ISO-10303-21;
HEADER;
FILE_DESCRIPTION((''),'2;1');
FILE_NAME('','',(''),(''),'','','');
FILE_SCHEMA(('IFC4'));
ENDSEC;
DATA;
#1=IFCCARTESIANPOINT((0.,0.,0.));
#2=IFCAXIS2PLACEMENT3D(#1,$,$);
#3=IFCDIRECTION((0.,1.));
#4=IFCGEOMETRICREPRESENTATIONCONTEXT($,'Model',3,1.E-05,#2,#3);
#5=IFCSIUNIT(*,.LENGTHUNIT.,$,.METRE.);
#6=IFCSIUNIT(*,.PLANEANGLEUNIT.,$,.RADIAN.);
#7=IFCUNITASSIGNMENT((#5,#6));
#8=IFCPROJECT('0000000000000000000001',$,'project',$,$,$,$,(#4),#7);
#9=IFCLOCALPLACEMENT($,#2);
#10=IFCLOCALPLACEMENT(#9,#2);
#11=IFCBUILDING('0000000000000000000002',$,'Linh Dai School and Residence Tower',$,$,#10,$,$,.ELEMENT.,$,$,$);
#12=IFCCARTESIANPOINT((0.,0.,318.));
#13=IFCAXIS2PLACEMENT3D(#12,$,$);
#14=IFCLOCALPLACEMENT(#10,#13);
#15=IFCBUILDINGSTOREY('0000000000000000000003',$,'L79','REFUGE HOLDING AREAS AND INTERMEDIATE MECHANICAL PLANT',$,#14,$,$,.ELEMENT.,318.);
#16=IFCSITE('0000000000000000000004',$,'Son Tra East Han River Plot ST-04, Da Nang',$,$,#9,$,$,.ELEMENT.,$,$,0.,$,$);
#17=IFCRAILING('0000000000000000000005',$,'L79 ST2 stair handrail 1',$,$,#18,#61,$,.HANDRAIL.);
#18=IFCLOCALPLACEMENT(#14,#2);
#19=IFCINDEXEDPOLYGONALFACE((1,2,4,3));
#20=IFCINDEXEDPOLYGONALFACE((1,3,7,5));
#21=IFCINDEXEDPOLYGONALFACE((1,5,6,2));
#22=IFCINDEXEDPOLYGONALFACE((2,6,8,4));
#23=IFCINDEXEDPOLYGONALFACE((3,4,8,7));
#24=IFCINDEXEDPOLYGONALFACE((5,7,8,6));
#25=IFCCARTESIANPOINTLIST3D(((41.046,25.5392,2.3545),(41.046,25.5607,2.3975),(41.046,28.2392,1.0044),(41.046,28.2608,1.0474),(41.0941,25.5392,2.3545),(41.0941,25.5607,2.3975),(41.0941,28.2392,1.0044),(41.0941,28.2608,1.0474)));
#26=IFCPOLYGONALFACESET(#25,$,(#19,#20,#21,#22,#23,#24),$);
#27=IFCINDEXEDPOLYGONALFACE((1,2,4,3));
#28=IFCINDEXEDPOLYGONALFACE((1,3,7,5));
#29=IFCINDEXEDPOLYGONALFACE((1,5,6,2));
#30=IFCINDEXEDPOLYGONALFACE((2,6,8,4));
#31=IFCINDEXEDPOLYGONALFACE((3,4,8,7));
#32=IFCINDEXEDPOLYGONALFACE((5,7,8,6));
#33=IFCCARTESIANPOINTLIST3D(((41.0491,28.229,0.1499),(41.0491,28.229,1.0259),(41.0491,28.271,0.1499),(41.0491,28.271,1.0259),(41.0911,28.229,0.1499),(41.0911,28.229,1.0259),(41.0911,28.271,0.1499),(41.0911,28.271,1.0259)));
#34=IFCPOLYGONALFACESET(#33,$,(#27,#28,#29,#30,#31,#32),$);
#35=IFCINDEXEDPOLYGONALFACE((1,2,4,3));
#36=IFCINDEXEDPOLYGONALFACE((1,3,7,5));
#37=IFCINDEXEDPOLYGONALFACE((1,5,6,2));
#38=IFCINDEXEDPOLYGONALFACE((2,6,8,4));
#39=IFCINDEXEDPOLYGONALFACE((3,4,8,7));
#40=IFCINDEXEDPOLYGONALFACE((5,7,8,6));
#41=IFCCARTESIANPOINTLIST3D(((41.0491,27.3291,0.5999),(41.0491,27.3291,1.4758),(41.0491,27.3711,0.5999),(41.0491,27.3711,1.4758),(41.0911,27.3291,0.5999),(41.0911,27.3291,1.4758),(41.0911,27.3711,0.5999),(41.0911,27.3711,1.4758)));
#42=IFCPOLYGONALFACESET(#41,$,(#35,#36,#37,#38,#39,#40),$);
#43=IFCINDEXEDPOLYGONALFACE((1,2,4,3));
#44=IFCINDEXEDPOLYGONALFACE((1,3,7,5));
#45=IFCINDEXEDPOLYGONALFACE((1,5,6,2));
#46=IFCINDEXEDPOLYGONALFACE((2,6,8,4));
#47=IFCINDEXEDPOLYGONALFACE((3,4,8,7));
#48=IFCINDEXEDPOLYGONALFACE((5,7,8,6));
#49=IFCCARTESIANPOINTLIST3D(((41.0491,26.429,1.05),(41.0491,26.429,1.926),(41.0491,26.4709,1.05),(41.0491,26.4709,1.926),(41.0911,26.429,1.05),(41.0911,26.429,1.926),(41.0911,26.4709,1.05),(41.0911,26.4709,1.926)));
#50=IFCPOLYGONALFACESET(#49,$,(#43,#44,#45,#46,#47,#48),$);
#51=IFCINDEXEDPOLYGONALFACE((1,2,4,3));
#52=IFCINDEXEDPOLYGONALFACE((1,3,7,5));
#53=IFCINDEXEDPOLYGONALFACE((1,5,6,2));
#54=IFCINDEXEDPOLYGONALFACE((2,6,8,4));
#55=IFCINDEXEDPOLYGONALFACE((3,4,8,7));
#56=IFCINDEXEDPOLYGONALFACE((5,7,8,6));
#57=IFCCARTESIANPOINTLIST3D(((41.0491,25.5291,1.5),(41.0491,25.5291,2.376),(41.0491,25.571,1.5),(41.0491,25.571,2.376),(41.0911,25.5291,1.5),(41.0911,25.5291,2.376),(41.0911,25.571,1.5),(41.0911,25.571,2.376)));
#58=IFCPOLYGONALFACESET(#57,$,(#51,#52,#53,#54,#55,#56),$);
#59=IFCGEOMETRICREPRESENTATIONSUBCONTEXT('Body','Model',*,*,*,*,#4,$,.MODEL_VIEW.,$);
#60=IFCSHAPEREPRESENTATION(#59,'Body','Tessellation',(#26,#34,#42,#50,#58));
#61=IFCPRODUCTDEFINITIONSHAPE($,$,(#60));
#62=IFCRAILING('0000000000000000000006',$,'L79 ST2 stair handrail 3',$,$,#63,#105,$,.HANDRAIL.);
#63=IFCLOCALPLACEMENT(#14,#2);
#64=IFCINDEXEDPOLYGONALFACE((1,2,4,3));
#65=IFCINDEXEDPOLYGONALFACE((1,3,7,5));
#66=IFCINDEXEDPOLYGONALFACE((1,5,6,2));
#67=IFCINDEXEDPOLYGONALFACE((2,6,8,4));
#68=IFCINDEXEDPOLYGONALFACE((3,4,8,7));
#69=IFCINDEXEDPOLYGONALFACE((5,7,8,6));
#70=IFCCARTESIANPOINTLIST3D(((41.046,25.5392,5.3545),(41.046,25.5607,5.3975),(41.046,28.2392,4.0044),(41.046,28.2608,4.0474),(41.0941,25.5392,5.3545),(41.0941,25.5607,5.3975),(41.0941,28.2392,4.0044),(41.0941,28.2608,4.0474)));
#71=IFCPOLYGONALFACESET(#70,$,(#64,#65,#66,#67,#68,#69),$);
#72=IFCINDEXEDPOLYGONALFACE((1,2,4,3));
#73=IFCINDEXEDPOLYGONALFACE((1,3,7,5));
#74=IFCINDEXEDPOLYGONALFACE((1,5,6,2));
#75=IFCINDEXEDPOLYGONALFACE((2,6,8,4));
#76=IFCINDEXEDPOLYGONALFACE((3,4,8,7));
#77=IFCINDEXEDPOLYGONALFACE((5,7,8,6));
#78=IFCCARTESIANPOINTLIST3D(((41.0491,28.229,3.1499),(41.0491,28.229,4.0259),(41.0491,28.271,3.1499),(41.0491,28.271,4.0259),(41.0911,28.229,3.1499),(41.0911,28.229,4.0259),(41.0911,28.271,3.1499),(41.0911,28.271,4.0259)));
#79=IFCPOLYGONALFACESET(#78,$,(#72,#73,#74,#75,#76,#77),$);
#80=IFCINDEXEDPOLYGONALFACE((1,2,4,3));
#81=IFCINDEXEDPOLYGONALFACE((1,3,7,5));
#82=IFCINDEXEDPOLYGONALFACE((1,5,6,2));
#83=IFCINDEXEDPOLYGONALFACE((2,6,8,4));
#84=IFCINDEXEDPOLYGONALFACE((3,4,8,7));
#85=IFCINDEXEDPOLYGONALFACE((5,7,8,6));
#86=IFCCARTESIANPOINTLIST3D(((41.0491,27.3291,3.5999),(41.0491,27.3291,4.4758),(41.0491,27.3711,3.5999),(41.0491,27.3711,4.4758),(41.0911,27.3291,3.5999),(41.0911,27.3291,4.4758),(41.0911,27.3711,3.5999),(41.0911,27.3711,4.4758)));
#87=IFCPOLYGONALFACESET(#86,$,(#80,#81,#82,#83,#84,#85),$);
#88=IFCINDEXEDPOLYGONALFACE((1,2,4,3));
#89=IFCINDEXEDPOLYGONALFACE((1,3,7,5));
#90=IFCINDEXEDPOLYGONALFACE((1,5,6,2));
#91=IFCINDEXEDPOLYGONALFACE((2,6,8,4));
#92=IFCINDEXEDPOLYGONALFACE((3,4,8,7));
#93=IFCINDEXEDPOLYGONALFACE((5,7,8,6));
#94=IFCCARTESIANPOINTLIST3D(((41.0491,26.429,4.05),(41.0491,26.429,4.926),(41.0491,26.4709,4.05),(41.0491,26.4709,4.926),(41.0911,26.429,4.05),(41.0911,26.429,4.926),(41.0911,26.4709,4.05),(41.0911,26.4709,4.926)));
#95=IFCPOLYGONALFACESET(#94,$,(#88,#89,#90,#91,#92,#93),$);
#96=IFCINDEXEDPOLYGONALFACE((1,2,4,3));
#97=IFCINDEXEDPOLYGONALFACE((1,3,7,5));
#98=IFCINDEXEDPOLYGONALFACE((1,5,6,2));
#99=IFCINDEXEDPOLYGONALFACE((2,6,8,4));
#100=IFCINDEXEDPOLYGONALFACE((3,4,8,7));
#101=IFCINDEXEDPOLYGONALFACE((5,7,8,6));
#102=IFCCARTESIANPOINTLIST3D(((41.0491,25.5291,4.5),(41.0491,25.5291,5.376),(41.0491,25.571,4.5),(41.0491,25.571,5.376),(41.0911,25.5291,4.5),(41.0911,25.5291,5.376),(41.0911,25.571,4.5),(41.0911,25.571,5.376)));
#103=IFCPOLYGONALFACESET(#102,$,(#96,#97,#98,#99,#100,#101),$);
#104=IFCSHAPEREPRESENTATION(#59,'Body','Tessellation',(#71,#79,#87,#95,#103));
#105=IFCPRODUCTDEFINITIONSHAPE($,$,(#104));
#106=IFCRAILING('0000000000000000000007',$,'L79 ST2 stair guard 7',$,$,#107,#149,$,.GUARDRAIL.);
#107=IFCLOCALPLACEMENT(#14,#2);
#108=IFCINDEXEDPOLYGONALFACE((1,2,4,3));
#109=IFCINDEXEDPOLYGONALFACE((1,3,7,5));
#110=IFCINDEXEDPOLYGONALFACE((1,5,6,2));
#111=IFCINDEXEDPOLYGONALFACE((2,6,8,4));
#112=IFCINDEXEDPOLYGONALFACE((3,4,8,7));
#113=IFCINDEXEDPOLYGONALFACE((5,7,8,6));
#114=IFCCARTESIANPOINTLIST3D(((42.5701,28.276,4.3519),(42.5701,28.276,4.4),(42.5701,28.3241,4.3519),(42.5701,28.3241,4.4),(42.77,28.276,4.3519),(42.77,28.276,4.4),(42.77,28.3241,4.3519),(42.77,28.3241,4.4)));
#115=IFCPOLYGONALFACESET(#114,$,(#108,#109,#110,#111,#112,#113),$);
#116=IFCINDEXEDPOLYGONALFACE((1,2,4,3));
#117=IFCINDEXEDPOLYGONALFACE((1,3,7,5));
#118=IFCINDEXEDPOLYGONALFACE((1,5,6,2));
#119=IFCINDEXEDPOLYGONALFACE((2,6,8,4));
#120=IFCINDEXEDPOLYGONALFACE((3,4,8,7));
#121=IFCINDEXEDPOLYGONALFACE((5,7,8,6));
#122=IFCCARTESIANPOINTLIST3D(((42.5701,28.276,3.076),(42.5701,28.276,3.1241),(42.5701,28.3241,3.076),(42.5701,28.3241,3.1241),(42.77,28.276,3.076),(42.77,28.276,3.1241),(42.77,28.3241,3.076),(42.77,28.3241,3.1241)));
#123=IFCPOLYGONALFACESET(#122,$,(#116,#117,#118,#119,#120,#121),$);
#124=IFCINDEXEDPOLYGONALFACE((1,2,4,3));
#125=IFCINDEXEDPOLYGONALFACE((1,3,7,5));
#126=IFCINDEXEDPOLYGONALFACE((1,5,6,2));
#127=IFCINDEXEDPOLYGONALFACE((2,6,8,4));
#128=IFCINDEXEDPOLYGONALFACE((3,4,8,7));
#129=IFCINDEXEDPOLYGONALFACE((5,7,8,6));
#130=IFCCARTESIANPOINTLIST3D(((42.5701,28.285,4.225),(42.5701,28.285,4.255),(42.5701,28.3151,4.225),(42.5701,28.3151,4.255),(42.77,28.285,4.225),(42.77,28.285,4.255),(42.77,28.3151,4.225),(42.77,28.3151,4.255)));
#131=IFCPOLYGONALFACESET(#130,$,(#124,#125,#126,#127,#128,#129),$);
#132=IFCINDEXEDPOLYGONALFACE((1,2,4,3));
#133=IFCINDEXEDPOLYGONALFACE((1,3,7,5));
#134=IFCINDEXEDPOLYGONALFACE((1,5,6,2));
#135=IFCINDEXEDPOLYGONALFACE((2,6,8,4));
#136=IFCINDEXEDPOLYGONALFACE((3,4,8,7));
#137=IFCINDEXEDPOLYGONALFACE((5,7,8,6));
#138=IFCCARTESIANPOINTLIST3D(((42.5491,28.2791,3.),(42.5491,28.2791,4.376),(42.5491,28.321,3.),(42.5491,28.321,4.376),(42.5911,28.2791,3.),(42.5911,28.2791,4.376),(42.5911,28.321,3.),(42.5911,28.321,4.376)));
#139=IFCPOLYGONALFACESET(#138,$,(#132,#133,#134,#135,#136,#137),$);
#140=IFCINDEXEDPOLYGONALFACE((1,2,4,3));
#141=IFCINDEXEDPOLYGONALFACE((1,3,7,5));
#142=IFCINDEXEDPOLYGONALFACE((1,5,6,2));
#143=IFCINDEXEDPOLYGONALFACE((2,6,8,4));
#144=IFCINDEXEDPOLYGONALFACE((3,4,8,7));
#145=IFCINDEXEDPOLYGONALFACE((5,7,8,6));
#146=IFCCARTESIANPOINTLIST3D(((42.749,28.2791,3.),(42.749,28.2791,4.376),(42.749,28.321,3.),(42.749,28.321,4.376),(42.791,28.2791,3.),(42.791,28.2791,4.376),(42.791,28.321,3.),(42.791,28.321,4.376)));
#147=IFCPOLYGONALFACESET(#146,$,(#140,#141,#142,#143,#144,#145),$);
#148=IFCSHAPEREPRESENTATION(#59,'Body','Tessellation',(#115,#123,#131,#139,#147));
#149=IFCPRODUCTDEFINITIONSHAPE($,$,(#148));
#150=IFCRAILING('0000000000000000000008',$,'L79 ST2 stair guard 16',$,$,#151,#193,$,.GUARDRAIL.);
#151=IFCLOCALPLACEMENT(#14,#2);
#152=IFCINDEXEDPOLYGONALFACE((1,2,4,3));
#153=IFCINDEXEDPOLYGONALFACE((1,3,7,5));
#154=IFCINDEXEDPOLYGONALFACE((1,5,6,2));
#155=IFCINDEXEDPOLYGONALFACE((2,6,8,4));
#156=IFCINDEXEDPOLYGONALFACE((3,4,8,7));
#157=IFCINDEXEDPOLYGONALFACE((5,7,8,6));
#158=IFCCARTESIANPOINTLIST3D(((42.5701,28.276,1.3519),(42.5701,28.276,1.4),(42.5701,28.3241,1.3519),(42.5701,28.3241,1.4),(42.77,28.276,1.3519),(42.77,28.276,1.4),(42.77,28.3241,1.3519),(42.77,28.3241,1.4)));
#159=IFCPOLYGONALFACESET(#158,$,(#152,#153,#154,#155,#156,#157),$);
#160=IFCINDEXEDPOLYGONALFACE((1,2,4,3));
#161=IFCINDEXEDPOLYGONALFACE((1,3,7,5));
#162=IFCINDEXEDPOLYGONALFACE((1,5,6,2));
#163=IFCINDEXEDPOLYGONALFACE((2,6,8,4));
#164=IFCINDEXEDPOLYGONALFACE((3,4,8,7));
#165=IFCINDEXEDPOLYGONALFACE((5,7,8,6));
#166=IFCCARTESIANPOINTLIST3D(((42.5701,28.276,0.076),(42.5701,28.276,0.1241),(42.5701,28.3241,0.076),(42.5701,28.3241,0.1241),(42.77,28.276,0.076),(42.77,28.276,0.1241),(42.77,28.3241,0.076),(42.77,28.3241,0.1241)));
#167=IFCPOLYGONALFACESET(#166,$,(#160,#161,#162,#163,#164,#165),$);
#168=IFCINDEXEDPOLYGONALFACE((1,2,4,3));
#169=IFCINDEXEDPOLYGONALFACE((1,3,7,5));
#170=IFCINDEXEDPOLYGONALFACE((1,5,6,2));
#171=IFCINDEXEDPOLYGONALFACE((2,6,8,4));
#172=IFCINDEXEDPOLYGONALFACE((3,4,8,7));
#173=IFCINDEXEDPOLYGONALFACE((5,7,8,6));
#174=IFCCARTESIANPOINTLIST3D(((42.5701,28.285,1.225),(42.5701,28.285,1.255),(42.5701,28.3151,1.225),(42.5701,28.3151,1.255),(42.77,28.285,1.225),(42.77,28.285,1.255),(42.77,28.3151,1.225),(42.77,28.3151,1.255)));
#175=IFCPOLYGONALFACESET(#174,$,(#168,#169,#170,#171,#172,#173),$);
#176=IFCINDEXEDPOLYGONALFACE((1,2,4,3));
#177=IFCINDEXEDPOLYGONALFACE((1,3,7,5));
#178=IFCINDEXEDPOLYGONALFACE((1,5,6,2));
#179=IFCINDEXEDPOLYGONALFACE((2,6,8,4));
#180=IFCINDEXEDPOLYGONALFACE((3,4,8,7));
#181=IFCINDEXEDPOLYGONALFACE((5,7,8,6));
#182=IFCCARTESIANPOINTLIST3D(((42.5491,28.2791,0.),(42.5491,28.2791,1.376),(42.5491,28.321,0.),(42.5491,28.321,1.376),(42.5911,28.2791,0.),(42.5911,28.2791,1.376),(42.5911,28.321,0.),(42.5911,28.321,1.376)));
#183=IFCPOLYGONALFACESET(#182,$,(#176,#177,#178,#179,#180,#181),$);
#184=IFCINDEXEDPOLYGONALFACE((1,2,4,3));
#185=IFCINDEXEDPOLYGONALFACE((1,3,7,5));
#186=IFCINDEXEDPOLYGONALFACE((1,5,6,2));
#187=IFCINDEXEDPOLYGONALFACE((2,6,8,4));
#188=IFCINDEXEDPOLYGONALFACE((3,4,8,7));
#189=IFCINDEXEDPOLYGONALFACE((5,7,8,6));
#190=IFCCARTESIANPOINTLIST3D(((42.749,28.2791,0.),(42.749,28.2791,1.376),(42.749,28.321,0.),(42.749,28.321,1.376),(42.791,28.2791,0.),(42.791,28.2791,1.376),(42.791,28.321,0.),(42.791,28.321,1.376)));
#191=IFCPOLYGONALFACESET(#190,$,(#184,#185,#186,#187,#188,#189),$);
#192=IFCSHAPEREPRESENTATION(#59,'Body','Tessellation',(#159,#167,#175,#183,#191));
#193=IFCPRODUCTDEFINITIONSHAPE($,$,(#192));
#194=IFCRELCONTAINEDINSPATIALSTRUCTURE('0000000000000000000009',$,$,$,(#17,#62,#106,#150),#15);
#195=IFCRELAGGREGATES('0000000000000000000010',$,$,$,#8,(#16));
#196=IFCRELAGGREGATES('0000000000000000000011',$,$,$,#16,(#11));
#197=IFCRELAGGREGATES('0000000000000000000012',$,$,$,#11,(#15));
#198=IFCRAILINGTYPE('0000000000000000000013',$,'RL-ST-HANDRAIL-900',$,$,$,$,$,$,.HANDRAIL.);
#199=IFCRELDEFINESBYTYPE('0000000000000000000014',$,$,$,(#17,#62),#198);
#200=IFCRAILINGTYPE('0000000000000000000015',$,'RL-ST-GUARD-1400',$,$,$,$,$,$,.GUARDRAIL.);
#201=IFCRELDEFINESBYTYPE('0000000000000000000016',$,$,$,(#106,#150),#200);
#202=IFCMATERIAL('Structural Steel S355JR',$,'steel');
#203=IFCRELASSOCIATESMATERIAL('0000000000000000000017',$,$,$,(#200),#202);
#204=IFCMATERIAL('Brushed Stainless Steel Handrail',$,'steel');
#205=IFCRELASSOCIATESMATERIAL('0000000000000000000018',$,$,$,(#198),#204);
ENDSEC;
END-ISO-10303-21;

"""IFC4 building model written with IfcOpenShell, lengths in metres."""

from ifc_helpers import new_model, si_unit, direction, frame, origin, origin_2d, place, context, subcontext, project, spatial, rectangle, extrude, source, transform, mapped, material, type_object, element, save


model = new_model("IFC4")

# Units and contexts
model_context = context("Model", 3, precision=1e-05, world=origin(), true_north=direction((0.0, 1.0)))
body_context = subcontext(model_context, "Body", "Model", "MODEL_VIEW")
ifc_project = project(units=[si_unit("LENGTHUNIT", "METRE"), si_unit("PLANEANGLEUNIT", "RADIAN")], contexts=[model_context])

# Site, building, storey
site_placement = place(None, origin())
site = spatial("IfcSite", under=ifc_project, at=site_placement, Name="Son Tra East Han River Plot ST-04, Da Nang", CompositionType="ELEMENT", RefElevation=0.0)
building_placement = place(site_placement, origin())
building = spatial("IfcBuilding", under=site, at=building_placement, Name="Linh Dai School and Residence Tower", CompositionType="ELEMENT")
storey_placement = place(building_placement, frame((0.0, 0.0, 318.0)))
storey = spatial("IfcBuildingStorey", under=building, at=storey_placement, Name="L79", Description="REFUGE HOLDING AREAS AND INTERMEDIATE MECHANICAL PLANT", CompositionType="ELEMENT", Elevation=318.0)

# Shared definitions
ifc_material_1 = material(Name="Structural Steel S355JR", Category="steel")

# Railings
railing_type_1 = type_object("IfcRailingType", Name="RL-ST-GUARD-1400", PredefinedType="GUARDRAIL", material=ifc_material_1)
ifc_material_2 = material(Name="Brushed Stainless Steel Handrail", Category="steel")
railing_type_2 = type_object("IfcRailingType", Name="RL-ST-HANDRAIL-900", PredefinedType="HANDRAIL", material=ifc_material_2)
shared_shape_1 = source(origin(), body_context, "Body", "SweptSolid", [
    extrude(rectangle(XDim=0.0481, YDim=0.0481, at=origin_2d()), frame((0.0, 0.0, 0.876), z_axis=(0.0, -0.894411, 0.447246), x_axis=(1.0, 0.0, 0.0)), (0.0, 0.0, 1.0), 3.0188),
    extrude(rectangle(XDim=0.042, YDim=0.042, at=origin_2d()), origin(), (0.0, 0.0, 1.0), 0.876),
    extrude(rectangle(XDim=0.042, YDim=0.042, at=origin_2d()), frame((0.0, -0.8999, 0.45)), (0.0, 0.0, 1.0), 0.876),
    extrude(rectangle(XDim=0.042, YDim=0.042, at=origin_2d()), frame((0.0, -1.8, 0.9001)), (0.0, 0.0, 1.0), 0.876),
    extrude(rectangle(XDim=0.042, YDim=0.042, at=origin_2d()), frame((0.0, -2.7, 1.3501)), (0.0, 0.0, 1.0), 0.876),
])
for number, where, name in (
    (1, (41.0701, 28.25, 0.1499), "L79 ST2 stair handrail 1"),
    (2, (41.0701, 28.25, 3.1499), "L79 ST2 stair handrail 3"),
):
    element("IfcRailing", number, at=place(storey_placement, frame(where)), inside=storey, type_object=railing_type_2, Name=name, PredefinedType="HANDRAIL", context=body_context, shape_type="MappedRepresentation", body=[
        mapped(shared_shape_1, transform((0.0, 0.0, 0.0), x_axis=(1.0, 0.0, 0.0), y_axis=(0.0, 1.0, 0.0), z_axis=(0.0, 0.0, 1.0), scale=1.0)),
    ])
shared_shape_2 = source(origin(), body_context, "Body", "SweptSolid", [
    extrude(rectangle(XDim=0.0481, YDim=0.0481, at=origin_2d()), frame((0.0, 0.0, 1.376), z_axis=(1.0, 0.0, 0.0), x_axis=(0.0, 1.0, 0.0)), (0.0, 0.0, 1.0), 0.2),
    extrude(rectangle(XDim=0.0481, YDim=0.0481, at=origin_2d()), frame((0.0, 0.0, 0.1001), z_axis=(1.0, 0.0, 0.0), x_axis=(0.0, 1.0, 0.0)), (0.0, 0.0, 1.0), 0.2),
    extrude(rectangle(XDim=0.03, YDim=0.03, at=origin_2d()), frame((0.0, 0.0, 1.24), z_axis=(1.0, 0.0, 0.0), x_axis=(0.0, 1.0, 0.0)), (0.0, 0.0, 1.0), 0.2),
    extrude(rectangle(XDim=0.042, YDim=0.042, at=origin_2d()), origin(), (0.0, 0.0, 1.0), 1.376),
    extrude(rectangle(XDim=0.042, YDim=0.042, at=origin_2d()), frame((0.2, 0.0, 0.0)), (0.0, 0.0, 1.0), 1.376),
])
for number, where, name in (
    (3, (42.5701, 28.3, 3.0), "L79 ST2 stair guard 7"),
    (4, (42.5701, 28.3, 0.0), "L79 ST2 stair guard 16"),
):
    element("IfcRailing", number, at=place(storey_placement, frame(where)), inside=storey, type_object=railing_type_1, Name=name, PredefinedType="GUARDRAIL", context=body_context, shape_type="MappedRepresentation", body=[
        mapped(shared_shape_2, transform((0.0, 0.0, 0.0), x_axis=(1.0, 0.0, 0.0), y_axis=(0.0, 1.0, 0.0), z_axis=(0.0, 0.0, 1.0), scale=1.0)),
    ])

save(model, "model.ifc")
